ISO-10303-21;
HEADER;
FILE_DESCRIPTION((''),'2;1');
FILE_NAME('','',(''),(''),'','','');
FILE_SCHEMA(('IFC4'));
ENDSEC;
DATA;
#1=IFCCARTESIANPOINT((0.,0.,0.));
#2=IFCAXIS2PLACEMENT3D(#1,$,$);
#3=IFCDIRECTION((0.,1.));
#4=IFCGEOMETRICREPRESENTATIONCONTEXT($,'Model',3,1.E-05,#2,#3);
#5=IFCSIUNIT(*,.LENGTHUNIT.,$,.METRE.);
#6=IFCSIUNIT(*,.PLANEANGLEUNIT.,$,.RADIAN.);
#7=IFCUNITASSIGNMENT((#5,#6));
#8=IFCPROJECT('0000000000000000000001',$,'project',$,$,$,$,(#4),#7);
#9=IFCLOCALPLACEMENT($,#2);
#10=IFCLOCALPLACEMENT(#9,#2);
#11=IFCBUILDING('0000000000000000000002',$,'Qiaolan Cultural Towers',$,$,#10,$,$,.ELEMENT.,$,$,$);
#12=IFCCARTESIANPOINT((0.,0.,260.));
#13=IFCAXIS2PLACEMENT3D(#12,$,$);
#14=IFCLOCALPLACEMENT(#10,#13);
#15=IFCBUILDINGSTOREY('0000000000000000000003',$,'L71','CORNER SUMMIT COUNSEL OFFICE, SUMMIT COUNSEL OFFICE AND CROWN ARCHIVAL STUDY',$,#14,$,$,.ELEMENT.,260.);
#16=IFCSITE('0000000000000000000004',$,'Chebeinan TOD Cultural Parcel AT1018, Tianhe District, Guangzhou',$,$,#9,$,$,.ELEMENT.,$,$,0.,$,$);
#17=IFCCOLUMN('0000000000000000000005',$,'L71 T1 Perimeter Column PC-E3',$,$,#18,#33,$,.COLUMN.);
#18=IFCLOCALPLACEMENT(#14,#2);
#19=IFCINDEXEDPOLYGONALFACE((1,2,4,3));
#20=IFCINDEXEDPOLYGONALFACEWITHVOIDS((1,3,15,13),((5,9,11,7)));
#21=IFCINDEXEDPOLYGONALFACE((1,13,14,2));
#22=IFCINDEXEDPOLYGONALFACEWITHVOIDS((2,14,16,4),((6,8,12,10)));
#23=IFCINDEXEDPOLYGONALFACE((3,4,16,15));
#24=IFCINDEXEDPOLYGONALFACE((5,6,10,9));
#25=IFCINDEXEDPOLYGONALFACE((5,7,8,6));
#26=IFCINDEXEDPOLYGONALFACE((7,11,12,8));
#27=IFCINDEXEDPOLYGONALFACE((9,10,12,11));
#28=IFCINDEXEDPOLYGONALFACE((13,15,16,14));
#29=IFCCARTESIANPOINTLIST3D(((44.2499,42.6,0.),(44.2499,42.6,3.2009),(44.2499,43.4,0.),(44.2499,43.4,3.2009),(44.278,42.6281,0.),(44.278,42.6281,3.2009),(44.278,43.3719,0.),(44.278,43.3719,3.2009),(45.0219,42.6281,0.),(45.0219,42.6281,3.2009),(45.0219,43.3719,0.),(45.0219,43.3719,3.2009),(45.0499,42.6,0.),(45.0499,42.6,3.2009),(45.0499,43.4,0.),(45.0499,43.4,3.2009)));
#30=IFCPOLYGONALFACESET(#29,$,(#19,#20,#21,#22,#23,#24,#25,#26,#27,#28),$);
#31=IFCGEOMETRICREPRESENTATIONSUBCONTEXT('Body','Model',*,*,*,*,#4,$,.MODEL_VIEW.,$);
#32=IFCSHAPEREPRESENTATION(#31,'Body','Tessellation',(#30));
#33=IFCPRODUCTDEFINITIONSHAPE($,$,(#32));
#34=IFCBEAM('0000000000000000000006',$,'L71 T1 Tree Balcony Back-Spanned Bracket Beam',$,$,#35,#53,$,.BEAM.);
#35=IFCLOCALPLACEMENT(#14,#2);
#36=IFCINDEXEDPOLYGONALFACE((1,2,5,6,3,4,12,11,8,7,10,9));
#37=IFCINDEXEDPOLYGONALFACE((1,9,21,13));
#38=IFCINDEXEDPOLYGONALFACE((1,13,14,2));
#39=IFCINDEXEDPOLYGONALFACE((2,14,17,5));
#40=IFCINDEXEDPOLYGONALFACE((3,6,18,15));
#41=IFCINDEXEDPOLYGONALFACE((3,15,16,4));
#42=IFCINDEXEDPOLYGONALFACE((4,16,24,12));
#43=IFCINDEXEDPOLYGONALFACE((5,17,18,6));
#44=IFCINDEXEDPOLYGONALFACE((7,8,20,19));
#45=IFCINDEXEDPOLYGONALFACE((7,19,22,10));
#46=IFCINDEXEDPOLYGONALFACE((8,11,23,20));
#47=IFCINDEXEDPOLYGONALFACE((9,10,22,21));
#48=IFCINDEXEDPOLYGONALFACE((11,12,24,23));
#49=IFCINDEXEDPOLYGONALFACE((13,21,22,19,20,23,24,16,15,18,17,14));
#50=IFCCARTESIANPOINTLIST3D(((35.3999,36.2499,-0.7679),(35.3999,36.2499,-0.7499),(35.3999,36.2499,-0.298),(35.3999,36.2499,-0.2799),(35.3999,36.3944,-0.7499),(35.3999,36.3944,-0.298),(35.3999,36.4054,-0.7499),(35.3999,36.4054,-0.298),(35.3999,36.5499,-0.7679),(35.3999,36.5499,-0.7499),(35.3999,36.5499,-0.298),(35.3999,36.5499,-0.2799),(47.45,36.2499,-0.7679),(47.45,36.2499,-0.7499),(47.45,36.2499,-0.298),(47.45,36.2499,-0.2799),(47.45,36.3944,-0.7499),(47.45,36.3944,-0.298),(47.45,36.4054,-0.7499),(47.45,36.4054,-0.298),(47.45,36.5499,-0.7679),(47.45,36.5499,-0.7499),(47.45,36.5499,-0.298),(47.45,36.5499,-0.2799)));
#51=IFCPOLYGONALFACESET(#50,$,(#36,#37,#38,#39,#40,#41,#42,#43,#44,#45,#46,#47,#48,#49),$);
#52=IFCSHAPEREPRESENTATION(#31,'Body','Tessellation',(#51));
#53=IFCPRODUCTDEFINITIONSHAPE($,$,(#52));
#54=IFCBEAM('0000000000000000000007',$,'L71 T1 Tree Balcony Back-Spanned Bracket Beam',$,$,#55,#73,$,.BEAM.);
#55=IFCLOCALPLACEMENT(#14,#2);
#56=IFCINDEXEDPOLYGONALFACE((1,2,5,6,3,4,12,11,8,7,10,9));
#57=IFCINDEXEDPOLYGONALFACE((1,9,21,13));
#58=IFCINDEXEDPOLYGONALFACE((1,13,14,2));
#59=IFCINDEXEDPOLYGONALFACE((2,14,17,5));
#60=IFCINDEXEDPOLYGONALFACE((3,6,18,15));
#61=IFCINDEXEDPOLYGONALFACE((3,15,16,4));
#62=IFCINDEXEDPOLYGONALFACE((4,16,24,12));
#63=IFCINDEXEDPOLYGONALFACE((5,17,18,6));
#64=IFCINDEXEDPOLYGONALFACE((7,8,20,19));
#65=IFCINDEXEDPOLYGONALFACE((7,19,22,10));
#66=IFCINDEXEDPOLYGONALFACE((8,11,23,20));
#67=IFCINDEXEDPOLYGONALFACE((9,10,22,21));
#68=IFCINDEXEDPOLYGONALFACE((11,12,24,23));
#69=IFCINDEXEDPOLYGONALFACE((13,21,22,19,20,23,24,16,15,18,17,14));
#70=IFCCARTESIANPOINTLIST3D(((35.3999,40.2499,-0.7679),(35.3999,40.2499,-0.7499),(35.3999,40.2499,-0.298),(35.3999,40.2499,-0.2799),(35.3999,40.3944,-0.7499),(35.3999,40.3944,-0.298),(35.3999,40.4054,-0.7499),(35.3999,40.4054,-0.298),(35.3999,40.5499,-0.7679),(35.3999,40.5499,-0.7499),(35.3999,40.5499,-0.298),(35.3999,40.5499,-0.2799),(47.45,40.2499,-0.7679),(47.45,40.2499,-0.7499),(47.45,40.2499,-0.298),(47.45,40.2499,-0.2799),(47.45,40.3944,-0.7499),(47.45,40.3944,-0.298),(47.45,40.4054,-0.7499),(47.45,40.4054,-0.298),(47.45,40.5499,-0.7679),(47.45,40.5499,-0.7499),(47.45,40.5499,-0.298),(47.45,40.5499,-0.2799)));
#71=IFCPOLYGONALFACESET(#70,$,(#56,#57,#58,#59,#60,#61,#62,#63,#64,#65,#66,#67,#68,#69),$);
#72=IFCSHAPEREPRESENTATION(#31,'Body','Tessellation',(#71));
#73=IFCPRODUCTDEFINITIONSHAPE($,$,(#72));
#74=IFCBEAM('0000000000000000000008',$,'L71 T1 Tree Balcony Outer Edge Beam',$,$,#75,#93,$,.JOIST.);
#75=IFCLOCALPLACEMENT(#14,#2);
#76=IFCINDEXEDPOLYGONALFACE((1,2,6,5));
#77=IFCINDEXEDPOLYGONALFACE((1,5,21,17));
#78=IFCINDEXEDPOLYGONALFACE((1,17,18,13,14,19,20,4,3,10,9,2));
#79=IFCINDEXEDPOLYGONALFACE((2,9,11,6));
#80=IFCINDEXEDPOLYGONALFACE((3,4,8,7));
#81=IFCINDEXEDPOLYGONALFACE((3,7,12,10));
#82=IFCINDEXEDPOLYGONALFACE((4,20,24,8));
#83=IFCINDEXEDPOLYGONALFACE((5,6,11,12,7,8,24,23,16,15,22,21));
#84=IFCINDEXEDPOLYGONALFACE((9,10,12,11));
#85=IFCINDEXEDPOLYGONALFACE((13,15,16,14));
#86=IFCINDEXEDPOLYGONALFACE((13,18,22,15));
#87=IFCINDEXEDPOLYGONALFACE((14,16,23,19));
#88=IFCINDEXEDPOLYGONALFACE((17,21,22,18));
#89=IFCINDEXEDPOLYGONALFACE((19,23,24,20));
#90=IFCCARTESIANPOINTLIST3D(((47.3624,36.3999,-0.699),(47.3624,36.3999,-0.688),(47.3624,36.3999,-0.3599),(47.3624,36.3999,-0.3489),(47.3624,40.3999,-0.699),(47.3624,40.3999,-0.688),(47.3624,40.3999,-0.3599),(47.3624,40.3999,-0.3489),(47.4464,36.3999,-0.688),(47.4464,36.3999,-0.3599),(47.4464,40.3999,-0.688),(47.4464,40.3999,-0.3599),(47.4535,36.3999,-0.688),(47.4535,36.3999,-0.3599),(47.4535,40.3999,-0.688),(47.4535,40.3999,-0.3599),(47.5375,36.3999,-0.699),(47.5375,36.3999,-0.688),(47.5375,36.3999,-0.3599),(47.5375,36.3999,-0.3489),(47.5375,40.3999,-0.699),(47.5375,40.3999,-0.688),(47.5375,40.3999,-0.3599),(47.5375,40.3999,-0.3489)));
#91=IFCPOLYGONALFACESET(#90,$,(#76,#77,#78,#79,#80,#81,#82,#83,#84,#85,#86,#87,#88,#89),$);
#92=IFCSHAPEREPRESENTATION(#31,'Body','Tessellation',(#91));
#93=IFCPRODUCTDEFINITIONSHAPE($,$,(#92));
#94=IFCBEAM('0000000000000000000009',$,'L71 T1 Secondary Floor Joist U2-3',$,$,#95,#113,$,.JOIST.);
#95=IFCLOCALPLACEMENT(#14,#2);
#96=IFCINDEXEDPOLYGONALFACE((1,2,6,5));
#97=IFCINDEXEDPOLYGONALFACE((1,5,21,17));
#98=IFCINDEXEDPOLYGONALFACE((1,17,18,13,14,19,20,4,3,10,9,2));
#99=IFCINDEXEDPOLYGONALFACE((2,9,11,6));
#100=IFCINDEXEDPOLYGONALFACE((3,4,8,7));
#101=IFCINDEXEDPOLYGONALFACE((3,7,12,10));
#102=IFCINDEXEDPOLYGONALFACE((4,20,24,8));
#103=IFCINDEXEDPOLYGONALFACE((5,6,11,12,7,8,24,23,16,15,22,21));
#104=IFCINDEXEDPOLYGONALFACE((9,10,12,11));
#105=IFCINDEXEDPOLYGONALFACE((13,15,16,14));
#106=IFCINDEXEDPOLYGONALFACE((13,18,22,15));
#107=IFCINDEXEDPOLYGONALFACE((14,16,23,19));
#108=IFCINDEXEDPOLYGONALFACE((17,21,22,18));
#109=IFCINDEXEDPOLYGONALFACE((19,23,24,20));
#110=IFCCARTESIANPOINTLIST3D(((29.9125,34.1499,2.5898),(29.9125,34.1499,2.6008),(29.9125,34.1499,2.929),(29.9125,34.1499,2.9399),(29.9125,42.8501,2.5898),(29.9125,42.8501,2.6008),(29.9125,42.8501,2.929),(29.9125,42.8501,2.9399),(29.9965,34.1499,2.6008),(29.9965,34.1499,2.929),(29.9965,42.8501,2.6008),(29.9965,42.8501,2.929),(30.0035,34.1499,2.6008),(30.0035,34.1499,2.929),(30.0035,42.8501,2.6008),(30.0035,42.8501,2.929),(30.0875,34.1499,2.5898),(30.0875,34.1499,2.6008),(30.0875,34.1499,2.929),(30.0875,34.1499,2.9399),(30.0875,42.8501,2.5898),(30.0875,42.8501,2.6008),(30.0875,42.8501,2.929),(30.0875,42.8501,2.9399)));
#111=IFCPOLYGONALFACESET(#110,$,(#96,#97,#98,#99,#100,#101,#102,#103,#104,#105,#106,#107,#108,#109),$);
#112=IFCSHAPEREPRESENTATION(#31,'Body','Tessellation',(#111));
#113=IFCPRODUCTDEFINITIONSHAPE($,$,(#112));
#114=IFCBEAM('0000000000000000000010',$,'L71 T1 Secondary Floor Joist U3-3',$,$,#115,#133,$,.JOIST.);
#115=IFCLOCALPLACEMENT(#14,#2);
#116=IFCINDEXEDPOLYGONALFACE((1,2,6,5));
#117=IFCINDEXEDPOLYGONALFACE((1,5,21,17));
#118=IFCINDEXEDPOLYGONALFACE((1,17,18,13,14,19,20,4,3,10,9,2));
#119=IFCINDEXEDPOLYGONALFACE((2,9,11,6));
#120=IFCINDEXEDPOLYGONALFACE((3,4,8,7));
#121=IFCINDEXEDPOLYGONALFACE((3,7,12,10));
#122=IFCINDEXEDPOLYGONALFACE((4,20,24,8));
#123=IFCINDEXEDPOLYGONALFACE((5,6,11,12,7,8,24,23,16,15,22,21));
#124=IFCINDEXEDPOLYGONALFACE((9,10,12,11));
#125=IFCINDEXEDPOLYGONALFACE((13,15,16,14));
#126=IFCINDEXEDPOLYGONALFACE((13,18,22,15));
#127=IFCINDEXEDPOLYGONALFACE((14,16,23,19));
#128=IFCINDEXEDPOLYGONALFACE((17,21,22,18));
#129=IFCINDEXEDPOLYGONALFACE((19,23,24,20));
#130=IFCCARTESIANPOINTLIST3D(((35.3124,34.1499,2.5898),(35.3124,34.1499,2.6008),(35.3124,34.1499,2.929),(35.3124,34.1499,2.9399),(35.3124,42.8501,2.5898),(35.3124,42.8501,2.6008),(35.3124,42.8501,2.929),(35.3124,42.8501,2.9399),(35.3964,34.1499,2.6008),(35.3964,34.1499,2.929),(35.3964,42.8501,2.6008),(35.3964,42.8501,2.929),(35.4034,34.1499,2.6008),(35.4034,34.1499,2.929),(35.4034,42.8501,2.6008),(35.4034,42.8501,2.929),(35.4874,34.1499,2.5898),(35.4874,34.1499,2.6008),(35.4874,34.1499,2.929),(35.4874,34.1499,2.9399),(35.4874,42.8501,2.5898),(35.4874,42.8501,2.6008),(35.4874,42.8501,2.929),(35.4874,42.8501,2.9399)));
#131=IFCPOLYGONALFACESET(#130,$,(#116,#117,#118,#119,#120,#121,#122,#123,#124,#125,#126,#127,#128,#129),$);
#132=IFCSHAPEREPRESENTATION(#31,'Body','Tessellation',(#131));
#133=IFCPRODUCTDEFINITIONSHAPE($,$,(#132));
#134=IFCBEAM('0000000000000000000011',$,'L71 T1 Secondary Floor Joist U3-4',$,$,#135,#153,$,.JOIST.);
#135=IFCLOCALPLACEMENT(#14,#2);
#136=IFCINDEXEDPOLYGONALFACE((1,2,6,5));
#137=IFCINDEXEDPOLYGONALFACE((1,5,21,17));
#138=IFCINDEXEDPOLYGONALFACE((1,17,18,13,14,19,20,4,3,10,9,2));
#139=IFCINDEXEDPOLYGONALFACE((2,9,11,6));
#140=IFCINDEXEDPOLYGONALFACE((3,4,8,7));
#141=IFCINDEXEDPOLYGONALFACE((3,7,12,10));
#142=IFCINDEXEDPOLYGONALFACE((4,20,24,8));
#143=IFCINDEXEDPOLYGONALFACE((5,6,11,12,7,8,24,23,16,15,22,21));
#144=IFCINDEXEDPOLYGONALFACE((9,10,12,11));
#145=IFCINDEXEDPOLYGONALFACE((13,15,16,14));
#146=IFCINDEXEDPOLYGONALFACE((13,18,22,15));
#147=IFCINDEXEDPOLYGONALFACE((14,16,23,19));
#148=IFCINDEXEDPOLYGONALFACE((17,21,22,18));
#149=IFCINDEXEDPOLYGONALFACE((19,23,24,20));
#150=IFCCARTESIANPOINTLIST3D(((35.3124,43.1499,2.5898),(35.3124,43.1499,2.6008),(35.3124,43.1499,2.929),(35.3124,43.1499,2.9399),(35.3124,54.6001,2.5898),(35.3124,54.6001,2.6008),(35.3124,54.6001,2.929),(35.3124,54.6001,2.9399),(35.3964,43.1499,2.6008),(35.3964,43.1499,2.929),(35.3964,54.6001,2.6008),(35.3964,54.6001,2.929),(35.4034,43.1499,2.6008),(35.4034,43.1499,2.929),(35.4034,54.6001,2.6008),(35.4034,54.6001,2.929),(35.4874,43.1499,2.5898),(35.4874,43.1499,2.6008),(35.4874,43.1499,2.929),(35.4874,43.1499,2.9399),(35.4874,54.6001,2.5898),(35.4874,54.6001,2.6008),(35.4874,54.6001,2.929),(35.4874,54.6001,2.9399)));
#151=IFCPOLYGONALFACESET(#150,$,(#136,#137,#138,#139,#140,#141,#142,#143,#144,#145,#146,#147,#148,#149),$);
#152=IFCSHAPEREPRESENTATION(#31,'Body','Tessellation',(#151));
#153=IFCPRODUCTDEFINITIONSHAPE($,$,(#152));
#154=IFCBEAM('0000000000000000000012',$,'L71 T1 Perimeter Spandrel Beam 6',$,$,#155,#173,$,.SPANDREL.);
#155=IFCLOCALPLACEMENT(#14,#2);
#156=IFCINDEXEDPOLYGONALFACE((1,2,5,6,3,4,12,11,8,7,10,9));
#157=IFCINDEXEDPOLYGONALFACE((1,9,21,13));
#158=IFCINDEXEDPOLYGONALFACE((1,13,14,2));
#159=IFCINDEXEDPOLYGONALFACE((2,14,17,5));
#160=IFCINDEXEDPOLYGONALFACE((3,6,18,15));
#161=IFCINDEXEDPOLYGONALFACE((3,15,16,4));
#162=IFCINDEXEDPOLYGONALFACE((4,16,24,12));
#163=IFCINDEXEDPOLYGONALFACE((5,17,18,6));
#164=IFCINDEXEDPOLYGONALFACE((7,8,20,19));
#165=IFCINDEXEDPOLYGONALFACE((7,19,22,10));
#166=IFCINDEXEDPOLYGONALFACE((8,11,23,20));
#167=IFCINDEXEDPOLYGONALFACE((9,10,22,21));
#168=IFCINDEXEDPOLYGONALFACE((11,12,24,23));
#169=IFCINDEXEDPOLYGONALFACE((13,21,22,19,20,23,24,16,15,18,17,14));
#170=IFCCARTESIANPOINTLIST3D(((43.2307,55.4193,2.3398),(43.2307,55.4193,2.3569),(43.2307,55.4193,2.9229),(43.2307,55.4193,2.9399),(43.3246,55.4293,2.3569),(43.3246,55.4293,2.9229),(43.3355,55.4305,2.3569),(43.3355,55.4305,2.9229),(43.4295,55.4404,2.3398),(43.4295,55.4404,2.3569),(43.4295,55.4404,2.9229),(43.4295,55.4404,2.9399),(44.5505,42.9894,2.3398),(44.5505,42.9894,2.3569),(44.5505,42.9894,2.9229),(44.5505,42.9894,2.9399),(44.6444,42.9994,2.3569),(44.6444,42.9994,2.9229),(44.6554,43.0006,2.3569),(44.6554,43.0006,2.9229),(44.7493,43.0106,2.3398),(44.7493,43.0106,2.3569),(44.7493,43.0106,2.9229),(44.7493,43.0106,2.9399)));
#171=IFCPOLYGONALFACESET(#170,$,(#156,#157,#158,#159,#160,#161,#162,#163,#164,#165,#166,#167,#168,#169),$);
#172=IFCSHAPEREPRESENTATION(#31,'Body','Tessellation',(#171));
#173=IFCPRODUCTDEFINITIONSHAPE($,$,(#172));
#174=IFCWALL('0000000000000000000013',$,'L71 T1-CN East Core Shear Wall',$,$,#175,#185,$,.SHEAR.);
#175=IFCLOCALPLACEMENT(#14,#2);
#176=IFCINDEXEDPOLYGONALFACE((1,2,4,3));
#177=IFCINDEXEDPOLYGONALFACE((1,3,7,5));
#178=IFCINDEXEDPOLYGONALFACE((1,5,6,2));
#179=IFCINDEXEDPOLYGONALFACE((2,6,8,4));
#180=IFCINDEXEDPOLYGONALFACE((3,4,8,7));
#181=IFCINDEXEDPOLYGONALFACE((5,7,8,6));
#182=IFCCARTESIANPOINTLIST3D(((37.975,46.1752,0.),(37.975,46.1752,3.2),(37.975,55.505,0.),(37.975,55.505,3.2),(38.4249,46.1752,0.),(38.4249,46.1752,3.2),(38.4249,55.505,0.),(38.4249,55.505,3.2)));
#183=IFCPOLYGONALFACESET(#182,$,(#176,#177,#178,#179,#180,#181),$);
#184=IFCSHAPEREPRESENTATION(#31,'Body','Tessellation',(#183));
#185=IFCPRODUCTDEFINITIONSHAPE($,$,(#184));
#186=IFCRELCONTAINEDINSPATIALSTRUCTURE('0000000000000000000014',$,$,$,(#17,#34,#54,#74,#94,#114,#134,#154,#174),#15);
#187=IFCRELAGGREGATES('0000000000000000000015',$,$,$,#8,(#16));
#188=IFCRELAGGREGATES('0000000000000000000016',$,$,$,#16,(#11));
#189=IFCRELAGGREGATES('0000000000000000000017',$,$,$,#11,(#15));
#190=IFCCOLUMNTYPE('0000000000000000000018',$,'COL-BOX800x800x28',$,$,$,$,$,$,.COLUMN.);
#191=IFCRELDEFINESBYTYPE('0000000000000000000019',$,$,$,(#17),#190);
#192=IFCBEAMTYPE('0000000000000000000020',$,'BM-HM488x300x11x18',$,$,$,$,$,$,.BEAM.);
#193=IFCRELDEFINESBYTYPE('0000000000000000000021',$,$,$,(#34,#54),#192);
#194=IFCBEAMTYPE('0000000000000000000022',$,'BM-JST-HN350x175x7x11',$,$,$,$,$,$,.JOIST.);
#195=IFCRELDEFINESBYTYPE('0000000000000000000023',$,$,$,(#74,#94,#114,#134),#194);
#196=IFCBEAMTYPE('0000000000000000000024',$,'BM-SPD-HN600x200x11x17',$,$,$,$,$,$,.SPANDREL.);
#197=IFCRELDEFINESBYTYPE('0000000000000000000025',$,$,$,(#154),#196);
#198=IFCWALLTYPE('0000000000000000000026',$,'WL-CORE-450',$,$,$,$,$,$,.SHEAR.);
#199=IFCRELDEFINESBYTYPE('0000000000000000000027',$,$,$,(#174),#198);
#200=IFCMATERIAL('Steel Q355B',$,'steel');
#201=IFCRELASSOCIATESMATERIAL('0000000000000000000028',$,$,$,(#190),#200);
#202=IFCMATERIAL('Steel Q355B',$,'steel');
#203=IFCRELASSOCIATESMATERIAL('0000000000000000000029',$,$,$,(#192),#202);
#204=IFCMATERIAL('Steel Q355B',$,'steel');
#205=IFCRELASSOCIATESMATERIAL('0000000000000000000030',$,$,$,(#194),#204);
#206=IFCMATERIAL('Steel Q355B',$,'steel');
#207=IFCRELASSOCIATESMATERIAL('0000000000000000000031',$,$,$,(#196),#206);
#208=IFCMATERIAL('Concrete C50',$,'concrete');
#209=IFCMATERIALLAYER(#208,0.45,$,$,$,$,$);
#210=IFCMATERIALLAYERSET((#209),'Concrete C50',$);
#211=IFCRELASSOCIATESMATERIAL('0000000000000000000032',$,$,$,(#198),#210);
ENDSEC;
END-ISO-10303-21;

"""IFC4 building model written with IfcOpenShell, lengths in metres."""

from ifc_helpers import new_model, si_unit, direction, frame, frame_2d, origin, origin_2d, place, context, subcontext, project, spatial, rectangle, hollow_rectangle, i_section, extrude, material, layer, layer_set, material_profile, profile_set, type_object, element, save


model = new_model("IFC4")

# Units and contexts
model_context = context("Model", 3, precision=1e-05, world=origin(), true_north=direction((0.0, 1.0)))
body_context = subcontext(model_context, "Body", "Model", "MODEL_VIEW")
ifc_project = project(units=[si_unit("LENGTHUNIT", "METRE"), si_unit("PLANEANGLEUNIT", "RADIAN")], contexts=[model_context])

# Site, building, storey
site_placement = place(None, origin())
site = spatial("IfcSite", under=ifc_project, at=site_placement, Name="Chebeinan TOD Cultural Parcel AT1018, Tianhe District, Guangzhou", CompositionType="ELEMENT", RefElevation=0.0)
building_placement = place(site_placement, origin())
building = spatial("IfcBuilding", under=site, at=building_placement, Name="Qiaolan Cultural Towers", CompositionType="ELEMENT")
storey_placement = place(building_placement, frame((0.0, 0.0, 260.0)))
storey = spatial("IfcBuildingStorey", under=building, at=storey_placement, Name="L71", Description="CORNER SUMMIT COUNSEL OFFICE, SUMMIT COUNSEL OFFICE AND CROWN ARCHIVAL STUDY", CompositionType="ELEMENT", Elevation=260.0)

# Column
ifc_material_1 = material(Name="Steel Q355B", Category="steel")
ifc_material_profile_1 = material_profile(ifc_material_1, hollow_rectangle(XDim=0.8, YDim=0.8, WallThickness=0.0281, at=origin_2d()), Name="BOX800x800x28")
ifc_profile_set_1 = profile_set([ifc_material_profile_1], Name="Steel Q355B")
column_type = type_object("IfcColumnType", Name="COL-BOX800x800x28", PredefinedType="COLUMN", material=ifc_profile_set_1)
column_placement = place(storey_placement, frame((44.6499, 43.0, 0.0), z_axis=(0.0, 0.0, 1.0), x_axis=(1.0, 0.0, 0.0)))
element("IfcColumn", 1, at=column_placement, inside=storey, type_object=column_type, Name="L71 T1 Perimeter Column PC-E3", PredefinedType="COLUMN", context=body_context, shape_type="SweptSolid", body=[
    extrude(hollow_rectangle(XDim=0.8, YDim=0.8, WallThickness=0.0281, at=origin_2d()), origin(), (0.0, 0.0, 1.0), 3.2009),
])

# Beams
ifc_material_2 = material(Name="Steel Q355B", Category="steel")
ifc_material_profile_2 = material_profile(ifc_material_2, i_section(OverallWidth=0.3, OverallDepth=0.488, WebThickness=0.011, FlangeThickness=0.0181, at=origin_2d()), Name="HM488x300x11x18")
ifc_profile_set_2 = profile_set([ifc_material_profile_2], Name="Steel Q355B")
beam_type_1 = type_object("IfcBeamType", Name="BM-HM488x300x11x18", PredefinedType="BEAM", material=ifc_profile_set_2)
for number, where, z_axis, x_axis, name in (
    (2, (35.3999, 36.3999, -0.5239), (1.0, 0.0, 0.0), (0.0, 1.0, 0.0), "L71 T1 Tree Balcony Back-Spanned Bracket Beam"),
    (3, (35.3999, 40.3999, -0.5239), (1.0, 0.0, 0.0), (0.0, 1.0, 0.0), "L71 T1 Tree Balcony Back-Spanned Bracket Beam"),
):
    element("IfcBeam", number, at=place(storey_placement, frame(where, z_axis=z_axis, x_axis=x_axis)), inside=storey, type_object=beam_type_1, Name=name, PredefinedType="BEAM", context=body_context, shape_type="SweptSolid", body=[
        extrude(i_section(OverallWidth=0.3, OverallDepth=0.488, WebThickness=0.011, FlangeThickness=0.0181, at=origin_2d()), origin(), (0.0, 0.0, 1.0), 12.05),
    ])
ifc_material_3 = material(Name="Steel Q355B", Category="steel")
ifc_material_profile_3 = material_profile(ifc_material_3, i_section(OverallWidth=0.175, OverallDepth=0.3501, WebThickness=0.0071, FlangeThickness=0.011, at=origin_2d()), Name="HN350x175x7x11")
ifc_profile_set_3 = profile_set([ifc_material_profile_3], Name="Steel Q355B")
beam_type_2 = type_object("IfcBeamType", Name="BM-JST-HN350x175x7x11", PredefinedType="JOIST", material=ifc_profile_set_3)
beam_1_placement = place(storey_placement, frame((47.45, 36.3999, -0.5239), z_axis=(0.0, 1.0, 0.0), x_axis=(-1.0, 0.0, 0.0)))
element("IfcBeam", 4, at=beam_1_placement, inside=storey, type_object=beam_type_2, Name="L71 T1 Tree Balcony Outer Edge Beam", PredefinedType="JOIST", context=body_context, shape_type="SweptSolid", body=[
    extrude(i_section(OverallWidth=0.175, OverallDepth=0.3501, WebThickness=0.0071, FlangeThickness=0.011, at=origin_2d()), origin(), (0.0, 0.0, 1.0), 4.0),
])
for number, where, z_axis, x_axis, name in (
    (5, (30.0, 34.1499, 2.7649), (0.0, 1.0, 0.0), (-1.0, 0.0, 0.0), "L71 T1 Secondary Floor Joist U2-3"),
    (6, (35.3999, 34.1499, 2.7649), (0.0, 1.0, 0.0), (-1.0, 0.0, 0.0), "L71 T1 Secondary Floor Joist U3-3"),
):
    element("IfcBeam", number, at=place(storey_placement, frame(where, z_axis=z_axis, x_axis=x_axis)), inside=storey, type_object=beam_type_2, Name=name, PredefinedType="JOIST", context=body_context, shape_type="SweptSolid", body=[
        extrude(i_section(OverallWidth=0.175, OverallDepth=0.3501, WebThickness=0.0071, FlangeThickness=0.011, at=origin_2d()), origin(), (0.0, 0.0, 1.0), 8.7002),
    ])
beam_2_placement = place(storey_placement, frame((35.3999, 43.1499, 2.7649), z_axis=(0.0, 1.0, 0.0), x_axis=(-1.0, 0.0, 0.0)))
element("IfcBeam", 7, at=beam_2_placement, inside=storey, type_object=beam_type_2, Name="L71 T1 Secondary Floor Joist U3-4", PredefinedType="JOIST", context=body_context, shape_type="SweptSolid", body=[
    extrude(i_section(OverallWidth=0.175, OverallDepth=0.3501, WebThickness=0.0071, FlangeThickness=0.011, at=origin_2d()), origin(), (0.0, 0.0, 1.0), 11.4502),
])
ifc_material_4 = material(Name="Steel Q355B", Category="steel")
ifc_material_profile_4 = material_profile(ifc_material_4, i_section(OverallWidth=0.2, OverallDepth=0.6001, WebThickness=0.011, FlangeThickness=0.0171, at=origin_2d()), Name="HN600x200x11x17")
ifc_profile_set_4 = profile_set([ifc_material_profile_4], Name="Steel Q355B")
beam_type_3 = type_object("IfcBeamType", Name="BM-SPD-HN600x200x11x17", PredefinedType="SPANDREL", material=ifc_profile_set_4)
beam_3_placement = place(storey_placement, frame((44.6499, 43.0, 2.6399), z_axis=(-0.105588, 0.99441, 0.0), x_axis=(-0.99441, -0.105588, 0.0)))
element("IfcBeam", 8, at=beam_3_placement, inside=storey, type_object=beam_type_3, Name="L71 T1 Perimeter Spandrel Beam 6", PredefinedType="SPANDREL", context=body_context, shape_type="SweptSolid", body=[
    extrude(i_section(OverallWidth=0.2, OverallDepth=0.6001, WebThickness=0.011, FlangeThickness=0.0171, at=origin_2d()), origin(), (0.0, 0.0, 1.0), 12.4998),
])

# Wall
ifc_material_5 = material(Name="Concrete C50", Category="concrete")
ifc_layer_1 = layer(ifc_material_5, 0.45)
ifc_layer_set_1 = layer_set([ifc_layer_1], Name="Concrete C50")
wall_type_1 = type_object("IfcWallType", Name="WL-CORE-450", PredefinedType="SHEAR", material=ifc_layer_set_1)
wall_1_placement = place(storey_placement, frame((38.2, 46.175, 0.0), z_axis=(0.0, 0.0, 1.0), x_axis=(0.0, 1.0, 0.0)))
element("IfcWall", 9, at=wall_1_placement, inside=storey, type_object=wall_type_1, Name="L71 T1-CN East Core Shear Wall", PredefinedType="SHEAR", context=body_context, shape_type="SweptSolid", body=[
    extrude(rectangle(XDim=9.3298, YDim=0.45, at=frame_2d((4.665, 0.0))), origin(), (0.0, 0.0, 1.0), 3.2),
])

save(model, "model.ifc")
